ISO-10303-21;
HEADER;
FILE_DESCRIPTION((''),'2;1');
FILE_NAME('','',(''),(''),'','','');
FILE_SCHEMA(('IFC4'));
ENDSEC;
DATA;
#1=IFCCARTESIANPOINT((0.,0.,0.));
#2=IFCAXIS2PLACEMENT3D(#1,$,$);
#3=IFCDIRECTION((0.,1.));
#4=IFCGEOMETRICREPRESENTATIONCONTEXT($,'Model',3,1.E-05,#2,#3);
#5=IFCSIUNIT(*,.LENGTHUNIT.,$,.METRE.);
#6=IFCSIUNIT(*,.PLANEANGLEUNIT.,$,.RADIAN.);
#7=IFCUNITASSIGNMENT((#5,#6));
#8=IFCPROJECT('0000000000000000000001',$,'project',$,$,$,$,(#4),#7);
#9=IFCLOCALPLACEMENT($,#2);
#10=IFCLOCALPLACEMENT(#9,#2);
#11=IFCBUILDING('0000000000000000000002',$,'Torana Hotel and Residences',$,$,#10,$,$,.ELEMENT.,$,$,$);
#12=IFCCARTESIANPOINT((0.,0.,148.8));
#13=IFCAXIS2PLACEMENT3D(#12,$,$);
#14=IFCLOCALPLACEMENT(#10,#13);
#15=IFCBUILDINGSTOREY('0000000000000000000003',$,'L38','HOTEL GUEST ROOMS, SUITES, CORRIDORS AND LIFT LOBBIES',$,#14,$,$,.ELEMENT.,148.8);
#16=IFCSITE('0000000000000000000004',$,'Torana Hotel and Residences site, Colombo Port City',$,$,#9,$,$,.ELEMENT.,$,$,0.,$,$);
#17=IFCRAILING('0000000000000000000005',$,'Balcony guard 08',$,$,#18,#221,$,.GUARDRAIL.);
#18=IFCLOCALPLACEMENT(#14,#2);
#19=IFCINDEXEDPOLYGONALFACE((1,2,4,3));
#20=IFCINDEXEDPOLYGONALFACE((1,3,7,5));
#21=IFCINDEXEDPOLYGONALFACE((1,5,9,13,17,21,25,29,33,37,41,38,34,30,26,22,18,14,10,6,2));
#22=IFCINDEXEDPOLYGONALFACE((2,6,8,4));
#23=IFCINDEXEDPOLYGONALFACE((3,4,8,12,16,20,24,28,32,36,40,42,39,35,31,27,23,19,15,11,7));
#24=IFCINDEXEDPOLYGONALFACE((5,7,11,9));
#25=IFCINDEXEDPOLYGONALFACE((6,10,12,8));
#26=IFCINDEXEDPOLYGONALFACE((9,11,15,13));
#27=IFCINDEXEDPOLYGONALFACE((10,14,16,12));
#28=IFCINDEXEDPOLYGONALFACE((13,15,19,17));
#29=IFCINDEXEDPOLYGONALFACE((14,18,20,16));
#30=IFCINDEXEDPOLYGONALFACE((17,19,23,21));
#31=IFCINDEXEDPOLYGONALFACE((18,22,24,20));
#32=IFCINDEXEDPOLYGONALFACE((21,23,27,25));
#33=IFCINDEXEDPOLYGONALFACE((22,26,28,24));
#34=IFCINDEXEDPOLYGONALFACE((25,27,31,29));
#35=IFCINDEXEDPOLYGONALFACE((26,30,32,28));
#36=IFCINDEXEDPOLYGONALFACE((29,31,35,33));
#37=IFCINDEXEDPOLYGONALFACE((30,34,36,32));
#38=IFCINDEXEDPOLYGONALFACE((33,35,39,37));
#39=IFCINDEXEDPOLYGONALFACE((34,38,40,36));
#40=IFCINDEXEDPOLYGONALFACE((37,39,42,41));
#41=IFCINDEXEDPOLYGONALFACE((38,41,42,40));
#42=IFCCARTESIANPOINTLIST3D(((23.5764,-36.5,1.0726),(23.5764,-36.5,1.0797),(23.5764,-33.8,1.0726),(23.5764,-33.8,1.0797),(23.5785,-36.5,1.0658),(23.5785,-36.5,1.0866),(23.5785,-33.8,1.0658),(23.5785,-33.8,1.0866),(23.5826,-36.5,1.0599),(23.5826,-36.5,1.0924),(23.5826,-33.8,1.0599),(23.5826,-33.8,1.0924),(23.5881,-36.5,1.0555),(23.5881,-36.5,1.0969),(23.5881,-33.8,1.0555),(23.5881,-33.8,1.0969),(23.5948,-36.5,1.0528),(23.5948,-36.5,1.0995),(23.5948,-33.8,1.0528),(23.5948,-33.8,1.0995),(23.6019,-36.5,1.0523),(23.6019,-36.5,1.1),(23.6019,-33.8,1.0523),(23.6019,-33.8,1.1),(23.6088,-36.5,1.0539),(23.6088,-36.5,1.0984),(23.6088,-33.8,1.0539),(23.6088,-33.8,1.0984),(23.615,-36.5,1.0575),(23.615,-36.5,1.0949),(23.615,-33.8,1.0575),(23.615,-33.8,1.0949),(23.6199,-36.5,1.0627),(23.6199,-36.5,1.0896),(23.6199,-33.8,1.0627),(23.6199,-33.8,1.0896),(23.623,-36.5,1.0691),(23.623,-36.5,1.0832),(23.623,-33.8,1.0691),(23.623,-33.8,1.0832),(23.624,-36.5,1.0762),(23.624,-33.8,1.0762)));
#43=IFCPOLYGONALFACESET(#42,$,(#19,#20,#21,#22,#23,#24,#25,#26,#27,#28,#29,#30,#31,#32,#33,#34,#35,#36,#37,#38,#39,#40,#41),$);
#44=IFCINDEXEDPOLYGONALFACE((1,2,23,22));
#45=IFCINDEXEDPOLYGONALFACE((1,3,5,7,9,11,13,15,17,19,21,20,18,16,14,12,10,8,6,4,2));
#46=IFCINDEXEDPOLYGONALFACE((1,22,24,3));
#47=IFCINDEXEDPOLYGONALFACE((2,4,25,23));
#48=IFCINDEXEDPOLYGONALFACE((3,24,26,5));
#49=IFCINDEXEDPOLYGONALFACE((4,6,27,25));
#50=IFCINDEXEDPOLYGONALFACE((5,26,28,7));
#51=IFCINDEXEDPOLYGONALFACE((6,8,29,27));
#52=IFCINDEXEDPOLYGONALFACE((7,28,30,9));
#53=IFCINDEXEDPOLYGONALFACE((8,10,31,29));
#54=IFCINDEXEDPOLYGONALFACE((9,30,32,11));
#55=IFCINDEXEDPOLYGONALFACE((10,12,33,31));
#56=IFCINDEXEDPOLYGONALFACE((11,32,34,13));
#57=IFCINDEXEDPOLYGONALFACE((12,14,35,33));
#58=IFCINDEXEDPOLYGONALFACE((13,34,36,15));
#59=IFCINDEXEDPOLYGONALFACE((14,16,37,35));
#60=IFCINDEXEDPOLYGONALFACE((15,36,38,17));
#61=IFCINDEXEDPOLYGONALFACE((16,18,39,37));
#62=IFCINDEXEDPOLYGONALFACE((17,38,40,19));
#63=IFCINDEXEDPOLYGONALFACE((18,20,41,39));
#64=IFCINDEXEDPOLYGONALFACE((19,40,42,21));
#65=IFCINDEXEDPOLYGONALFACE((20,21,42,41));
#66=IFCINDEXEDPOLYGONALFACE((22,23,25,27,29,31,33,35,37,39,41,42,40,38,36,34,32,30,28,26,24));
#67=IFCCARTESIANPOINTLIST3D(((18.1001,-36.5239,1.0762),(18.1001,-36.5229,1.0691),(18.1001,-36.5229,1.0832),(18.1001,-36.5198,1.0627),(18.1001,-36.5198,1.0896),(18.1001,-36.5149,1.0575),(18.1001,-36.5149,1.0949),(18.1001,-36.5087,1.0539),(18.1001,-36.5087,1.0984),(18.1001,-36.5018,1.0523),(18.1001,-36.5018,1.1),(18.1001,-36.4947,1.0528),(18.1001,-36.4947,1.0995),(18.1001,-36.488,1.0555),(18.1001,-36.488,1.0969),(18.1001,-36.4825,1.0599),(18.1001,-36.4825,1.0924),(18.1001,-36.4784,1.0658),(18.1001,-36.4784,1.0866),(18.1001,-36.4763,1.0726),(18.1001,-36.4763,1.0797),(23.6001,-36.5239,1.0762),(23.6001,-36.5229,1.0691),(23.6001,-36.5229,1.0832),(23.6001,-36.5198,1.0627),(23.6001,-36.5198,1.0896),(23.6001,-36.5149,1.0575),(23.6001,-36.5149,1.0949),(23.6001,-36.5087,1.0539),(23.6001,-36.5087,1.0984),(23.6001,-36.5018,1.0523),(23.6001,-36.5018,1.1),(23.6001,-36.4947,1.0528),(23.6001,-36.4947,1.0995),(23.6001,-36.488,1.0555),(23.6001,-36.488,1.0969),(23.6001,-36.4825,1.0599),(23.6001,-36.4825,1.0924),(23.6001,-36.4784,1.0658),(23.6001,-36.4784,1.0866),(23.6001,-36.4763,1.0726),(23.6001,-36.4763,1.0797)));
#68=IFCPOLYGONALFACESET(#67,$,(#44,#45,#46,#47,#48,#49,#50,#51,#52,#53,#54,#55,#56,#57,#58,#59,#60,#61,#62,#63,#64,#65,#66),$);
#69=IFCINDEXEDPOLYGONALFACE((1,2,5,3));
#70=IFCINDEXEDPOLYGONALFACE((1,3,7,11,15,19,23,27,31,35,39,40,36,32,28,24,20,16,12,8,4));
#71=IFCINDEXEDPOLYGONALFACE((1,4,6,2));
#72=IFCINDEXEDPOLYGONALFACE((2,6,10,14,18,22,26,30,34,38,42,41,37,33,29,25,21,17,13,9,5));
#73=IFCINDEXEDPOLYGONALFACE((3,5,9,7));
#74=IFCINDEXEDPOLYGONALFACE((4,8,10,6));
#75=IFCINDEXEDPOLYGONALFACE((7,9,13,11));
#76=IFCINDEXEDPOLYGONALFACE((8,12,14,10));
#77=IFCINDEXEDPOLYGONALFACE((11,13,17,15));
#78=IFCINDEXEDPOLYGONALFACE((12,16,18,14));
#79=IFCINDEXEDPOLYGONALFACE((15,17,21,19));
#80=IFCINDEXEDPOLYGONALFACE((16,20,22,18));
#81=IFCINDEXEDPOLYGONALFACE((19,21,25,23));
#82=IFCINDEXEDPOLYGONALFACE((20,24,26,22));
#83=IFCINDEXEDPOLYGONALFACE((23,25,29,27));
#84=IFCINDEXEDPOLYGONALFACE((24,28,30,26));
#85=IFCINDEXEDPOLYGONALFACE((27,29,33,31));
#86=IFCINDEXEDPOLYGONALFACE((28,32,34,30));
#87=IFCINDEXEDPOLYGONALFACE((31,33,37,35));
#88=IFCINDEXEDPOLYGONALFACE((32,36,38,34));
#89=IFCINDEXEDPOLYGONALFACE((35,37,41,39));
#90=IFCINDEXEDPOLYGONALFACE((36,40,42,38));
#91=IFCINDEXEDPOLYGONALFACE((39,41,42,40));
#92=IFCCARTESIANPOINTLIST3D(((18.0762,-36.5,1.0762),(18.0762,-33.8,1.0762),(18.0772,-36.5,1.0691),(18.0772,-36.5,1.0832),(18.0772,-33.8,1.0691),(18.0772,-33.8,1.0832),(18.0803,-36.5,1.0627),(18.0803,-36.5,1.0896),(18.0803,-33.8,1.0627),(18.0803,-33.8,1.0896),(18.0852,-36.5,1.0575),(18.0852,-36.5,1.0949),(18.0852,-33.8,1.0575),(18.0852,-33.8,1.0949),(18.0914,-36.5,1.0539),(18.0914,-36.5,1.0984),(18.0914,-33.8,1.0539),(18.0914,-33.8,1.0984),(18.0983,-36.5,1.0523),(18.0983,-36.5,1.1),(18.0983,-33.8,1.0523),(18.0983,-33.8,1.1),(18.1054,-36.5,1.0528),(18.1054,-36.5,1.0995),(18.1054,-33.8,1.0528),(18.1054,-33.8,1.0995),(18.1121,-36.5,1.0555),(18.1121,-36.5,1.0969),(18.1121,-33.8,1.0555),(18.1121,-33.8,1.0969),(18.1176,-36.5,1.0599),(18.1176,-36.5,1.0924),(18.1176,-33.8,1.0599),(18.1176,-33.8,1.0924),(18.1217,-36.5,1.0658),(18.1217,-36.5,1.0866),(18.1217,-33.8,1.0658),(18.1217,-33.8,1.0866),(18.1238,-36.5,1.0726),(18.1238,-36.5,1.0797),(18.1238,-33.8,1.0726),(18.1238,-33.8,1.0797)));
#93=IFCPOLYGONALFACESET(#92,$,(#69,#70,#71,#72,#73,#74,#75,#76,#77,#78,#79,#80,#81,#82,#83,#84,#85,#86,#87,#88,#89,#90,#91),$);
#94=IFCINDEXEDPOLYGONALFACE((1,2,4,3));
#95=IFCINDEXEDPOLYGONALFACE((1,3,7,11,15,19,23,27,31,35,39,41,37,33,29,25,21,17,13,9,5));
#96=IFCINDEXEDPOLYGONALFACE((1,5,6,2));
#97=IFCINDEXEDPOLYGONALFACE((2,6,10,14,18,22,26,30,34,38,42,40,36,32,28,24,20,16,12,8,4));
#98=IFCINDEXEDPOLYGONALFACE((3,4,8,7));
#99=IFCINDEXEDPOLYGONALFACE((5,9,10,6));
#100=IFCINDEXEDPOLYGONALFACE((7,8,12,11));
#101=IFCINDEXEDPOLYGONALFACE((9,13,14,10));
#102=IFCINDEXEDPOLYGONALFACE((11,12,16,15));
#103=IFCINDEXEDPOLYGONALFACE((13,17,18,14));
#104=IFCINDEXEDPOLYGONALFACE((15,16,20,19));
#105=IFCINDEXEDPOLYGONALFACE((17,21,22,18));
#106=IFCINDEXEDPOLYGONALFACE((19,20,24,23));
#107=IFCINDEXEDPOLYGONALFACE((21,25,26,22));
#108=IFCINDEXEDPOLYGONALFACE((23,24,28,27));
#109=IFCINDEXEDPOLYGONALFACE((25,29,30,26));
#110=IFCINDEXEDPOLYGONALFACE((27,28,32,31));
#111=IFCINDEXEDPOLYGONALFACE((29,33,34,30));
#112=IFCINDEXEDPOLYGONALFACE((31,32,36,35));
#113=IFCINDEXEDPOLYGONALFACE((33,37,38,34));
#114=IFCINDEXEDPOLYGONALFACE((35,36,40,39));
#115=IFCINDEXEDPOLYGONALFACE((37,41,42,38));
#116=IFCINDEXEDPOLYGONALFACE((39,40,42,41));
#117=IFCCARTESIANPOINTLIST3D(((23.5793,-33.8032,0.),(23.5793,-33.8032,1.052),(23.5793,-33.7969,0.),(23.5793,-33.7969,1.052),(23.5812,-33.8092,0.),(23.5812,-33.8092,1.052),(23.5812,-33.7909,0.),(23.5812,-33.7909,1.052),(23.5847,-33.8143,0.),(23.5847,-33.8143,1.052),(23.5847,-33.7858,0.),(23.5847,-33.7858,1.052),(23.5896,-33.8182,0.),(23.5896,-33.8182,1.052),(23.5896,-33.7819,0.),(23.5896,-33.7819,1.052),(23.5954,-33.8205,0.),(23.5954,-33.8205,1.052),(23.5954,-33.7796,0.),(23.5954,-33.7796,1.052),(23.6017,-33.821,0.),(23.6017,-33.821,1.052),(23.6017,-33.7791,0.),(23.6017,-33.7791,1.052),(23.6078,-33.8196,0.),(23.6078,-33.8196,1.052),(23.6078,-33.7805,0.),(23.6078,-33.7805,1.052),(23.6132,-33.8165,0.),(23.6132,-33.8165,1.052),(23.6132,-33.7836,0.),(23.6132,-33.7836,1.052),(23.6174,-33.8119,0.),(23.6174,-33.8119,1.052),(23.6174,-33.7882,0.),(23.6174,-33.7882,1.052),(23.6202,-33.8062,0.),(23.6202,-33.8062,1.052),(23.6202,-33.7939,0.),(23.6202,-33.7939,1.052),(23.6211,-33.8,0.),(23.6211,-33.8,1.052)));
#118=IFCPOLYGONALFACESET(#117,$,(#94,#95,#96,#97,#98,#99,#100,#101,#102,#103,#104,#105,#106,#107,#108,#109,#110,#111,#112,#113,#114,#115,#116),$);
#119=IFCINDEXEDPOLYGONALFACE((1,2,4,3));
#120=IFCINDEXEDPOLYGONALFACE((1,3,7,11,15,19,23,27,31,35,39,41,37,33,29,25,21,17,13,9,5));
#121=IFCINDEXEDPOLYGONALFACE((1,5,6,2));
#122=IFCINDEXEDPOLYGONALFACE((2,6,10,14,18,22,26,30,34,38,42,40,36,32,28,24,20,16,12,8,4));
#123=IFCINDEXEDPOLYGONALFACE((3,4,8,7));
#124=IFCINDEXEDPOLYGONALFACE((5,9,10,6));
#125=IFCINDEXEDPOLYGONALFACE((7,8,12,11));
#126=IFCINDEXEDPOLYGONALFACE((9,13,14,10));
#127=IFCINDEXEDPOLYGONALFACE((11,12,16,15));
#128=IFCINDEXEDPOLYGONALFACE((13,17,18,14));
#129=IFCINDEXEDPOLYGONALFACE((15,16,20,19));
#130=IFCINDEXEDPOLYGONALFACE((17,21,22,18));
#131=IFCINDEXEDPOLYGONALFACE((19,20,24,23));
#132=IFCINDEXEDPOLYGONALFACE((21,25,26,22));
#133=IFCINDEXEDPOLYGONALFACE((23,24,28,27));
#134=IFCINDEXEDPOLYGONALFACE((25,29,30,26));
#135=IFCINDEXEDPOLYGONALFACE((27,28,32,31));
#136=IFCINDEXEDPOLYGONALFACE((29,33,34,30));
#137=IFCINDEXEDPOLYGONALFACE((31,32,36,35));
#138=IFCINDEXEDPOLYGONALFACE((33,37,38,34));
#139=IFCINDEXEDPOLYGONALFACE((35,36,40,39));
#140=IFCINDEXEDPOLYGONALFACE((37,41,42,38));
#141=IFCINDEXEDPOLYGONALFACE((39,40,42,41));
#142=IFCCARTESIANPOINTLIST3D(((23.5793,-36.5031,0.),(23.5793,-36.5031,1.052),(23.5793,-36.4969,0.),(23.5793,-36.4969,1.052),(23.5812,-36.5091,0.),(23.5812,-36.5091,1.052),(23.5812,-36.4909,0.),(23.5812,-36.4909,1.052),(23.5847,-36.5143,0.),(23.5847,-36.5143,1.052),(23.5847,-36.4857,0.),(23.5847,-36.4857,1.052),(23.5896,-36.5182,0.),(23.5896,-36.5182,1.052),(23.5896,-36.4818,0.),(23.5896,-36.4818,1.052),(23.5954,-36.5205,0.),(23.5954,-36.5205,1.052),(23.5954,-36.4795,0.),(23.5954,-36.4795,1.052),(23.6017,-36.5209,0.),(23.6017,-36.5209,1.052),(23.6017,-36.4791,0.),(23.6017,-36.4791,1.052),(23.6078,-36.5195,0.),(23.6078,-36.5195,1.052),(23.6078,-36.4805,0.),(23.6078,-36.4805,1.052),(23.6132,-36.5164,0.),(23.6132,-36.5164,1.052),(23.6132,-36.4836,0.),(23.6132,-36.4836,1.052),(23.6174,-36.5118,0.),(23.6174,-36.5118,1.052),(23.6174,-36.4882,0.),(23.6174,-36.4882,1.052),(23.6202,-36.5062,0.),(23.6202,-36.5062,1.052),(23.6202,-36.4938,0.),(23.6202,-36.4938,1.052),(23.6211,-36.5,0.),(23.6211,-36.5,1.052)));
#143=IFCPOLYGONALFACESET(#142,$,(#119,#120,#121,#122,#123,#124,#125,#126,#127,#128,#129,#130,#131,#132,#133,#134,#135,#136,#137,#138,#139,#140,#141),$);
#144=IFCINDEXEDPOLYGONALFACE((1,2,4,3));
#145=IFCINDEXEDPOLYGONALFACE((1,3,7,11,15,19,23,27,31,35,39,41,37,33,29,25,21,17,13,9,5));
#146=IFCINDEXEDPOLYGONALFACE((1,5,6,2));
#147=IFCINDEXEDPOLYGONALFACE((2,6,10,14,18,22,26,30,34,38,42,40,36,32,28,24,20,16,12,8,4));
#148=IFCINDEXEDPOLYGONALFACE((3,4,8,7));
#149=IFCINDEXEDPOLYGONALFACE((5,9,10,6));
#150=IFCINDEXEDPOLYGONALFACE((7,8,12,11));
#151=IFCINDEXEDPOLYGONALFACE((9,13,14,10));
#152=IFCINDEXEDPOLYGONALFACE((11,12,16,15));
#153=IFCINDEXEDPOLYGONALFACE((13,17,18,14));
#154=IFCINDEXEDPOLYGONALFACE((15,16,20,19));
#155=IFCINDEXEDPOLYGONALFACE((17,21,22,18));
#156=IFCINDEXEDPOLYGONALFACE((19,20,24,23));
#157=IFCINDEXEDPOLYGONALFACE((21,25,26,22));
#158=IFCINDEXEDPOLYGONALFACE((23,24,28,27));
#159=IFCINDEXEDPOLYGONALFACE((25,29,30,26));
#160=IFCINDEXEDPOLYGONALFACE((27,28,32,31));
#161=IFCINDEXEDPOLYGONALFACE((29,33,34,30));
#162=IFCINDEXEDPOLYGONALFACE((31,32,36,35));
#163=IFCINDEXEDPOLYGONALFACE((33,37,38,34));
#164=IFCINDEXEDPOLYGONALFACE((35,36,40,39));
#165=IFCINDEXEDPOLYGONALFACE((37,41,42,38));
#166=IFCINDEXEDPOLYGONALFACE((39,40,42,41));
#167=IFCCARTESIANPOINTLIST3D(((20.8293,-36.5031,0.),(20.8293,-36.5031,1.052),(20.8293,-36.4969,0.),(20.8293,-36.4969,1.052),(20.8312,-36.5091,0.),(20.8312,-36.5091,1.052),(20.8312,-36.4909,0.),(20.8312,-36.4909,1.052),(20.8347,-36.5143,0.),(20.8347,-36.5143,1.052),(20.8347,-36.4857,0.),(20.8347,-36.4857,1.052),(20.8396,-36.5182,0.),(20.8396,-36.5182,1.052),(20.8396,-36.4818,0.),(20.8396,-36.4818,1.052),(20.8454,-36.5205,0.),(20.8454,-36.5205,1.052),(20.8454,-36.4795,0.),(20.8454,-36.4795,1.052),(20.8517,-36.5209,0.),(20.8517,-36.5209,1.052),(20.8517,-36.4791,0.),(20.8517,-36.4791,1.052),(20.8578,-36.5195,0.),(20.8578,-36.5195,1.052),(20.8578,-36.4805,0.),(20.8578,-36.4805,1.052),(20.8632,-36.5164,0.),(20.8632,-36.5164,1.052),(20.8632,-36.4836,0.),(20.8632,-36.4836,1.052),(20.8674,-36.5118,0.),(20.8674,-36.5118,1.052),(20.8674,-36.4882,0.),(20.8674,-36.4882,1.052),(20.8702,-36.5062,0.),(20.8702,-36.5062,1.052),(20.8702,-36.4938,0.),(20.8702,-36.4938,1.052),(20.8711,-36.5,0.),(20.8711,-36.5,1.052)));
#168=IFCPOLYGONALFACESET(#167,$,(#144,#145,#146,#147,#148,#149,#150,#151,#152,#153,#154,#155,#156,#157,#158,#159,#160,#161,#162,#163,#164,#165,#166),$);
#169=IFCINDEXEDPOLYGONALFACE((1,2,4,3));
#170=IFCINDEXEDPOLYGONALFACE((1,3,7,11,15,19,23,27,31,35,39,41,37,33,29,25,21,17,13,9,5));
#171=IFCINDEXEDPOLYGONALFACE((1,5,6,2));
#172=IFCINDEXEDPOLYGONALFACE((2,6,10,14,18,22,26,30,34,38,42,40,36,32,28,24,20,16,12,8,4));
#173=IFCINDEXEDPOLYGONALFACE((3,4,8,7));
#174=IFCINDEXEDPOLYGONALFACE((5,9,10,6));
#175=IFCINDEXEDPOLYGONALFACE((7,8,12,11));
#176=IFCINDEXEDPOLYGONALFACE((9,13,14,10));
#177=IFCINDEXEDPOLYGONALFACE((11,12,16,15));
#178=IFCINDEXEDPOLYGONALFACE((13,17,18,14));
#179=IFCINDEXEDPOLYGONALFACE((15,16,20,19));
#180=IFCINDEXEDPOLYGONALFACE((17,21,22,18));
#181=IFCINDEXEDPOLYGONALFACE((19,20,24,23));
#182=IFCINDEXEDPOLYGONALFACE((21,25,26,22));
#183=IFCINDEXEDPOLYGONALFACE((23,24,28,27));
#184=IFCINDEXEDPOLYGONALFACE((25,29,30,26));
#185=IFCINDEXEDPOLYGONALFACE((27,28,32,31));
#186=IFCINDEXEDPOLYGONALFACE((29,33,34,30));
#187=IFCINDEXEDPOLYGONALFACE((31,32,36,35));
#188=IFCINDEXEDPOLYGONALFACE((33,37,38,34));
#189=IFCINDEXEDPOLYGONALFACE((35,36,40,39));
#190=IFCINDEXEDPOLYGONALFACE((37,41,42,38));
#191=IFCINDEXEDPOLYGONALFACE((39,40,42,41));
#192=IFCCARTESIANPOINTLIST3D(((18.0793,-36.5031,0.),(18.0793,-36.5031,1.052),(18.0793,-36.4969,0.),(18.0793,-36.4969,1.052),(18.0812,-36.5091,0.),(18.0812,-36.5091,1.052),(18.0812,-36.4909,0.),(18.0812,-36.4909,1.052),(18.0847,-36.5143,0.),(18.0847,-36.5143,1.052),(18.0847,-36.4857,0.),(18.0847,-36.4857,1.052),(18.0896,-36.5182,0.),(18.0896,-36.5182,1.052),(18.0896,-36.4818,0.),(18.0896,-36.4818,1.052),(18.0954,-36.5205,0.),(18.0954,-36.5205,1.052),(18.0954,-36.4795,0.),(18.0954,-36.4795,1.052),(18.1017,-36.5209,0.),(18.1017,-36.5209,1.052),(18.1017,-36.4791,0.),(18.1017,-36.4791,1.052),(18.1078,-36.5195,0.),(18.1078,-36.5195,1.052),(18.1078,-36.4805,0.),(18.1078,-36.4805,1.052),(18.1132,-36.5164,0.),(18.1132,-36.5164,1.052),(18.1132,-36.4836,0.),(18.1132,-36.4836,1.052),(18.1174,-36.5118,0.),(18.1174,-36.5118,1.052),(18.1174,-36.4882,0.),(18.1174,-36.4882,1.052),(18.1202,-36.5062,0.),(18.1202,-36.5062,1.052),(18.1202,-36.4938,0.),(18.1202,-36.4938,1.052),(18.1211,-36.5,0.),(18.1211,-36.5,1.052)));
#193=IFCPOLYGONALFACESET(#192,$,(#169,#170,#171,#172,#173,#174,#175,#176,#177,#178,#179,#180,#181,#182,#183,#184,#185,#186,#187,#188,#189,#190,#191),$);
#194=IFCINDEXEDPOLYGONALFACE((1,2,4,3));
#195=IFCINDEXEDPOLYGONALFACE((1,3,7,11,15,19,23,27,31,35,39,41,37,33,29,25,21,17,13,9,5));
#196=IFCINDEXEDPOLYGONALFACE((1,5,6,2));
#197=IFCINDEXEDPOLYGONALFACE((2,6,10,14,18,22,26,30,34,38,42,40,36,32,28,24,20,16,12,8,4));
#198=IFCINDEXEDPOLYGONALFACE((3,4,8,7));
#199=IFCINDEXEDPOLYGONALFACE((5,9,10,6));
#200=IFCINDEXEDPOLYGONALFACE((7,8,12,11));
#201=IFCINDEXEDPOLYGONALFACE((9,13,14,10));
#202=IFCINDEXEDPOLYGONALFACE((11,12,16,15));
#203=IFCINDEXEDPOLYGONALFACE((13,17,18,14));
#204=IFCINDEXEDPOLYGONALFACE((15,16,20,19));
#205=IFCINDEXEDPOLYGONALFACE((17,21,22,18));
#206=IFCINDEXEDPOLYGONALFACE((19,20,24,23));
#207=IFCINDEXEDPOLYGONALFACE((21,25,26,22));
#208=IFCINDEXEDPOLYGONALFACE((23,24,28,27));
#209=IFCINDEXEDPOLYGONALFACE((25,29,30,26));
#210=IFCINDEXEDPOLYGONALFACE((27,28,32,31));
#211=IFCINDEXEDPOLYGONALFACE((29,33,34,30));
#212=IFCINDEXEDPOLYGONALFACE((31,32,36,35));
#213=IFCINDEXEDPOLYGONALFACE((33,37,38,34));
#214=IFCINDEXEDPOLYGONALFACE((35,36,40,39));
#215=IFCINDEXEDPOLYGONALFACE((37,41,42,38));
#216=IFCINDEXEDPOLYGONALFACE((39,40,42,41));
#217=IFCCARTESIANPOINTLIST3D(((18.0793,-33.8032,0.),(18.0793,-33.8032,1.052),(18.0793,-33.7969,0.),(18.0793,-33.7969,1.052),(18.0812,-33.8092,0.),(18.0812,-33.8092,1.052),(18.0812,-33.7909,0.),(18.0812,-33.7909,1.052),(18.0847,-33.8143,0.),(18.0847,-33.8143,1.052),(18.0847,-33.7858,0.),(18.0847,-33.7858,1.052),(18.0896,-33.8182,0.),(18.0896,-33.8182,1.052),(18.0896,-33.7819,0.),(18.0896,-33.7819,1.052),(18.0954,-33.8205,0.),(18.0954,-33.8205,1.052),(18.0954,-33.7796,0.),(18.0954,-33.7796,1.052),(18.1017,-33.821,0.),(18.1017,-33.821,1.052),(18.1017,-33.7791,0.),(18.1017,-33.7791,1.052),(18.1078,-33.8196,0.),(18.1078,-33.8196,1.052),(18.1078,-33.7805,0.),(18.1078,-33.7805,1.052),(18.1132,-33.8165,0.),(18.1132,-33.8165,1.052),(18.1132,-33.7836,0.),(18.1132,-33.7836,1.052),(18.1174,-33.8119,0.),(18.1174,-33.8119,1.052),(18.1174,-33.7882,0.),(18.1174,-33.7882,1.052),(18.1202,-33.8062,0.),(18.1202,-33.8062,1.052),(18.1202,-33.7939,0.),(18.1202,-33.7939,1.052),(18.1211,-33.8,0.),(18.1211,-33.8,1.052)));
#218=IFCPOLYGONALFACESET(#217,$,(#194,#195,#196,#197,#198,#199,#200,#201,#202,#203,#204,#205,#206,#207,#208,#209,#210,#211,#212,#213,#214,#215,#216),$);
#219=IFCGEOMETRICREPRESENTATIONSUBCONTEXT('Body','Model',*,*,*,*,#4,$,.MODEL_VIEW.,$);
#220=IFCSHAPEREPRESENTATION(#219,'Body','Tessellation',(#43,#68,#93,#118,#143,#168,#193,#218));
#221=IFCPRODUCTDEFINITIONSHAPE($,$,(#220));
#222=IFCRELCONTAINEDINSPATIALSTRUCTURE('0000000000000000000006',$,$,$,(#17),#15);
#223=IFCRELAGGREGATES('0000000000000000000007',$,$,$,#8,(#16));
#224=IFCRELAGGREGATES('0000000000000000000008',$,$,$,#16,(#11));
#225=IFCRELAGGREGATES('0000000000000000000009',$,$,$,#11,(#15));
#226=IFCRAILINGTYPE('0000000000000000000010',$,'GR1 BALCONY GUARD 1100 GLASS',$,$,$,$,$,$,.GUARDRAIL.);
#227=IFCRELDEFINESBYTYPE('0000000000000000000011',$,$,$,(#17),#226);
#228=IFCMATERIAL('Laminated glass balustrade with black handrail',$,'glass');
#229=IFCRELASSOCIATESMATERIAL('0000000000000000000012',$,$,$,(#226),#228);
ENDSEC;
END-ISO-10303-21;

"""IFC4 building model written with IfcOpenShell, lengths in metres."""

from ifc_helpers import new_model, si_unit, direction, frame, origin, origin_2d, place, context, subcontext, project, spatial, circle, extrude, material, type_object, element, save


model = new_model("IFC4")

# Units and contexts
model_context = context("Model", 3, precision=1e-05, world=origin(), true_north=direction((0.0, 1.0)))
body_context = subcontext(model_context, "Body", "Model", "MODEL_VIEW")
ifc_project = project(units=[si_unit("LENGTHUNIT", "METRE"), si_unit("PLANEANGLEUNIT", "RADIAN")], contexts=[model_context])

# Site, building, storey
site_placement = place(None, origin())
site = spatial("IfcSite", under=ifc_project, at=site_placement, Name="Torana Hotel and Residences site, Colombo Port City", CompositionType="ELEMENT", RefElevation=0.0)
building_placement = place(site_placement, origin())
building = spatial("IfcBuilding", under=site, at=building_placement, Name="Torana Hotel and Residences", CompositionType="ELEMENT")
storey_placement = place(building_placement, frame((0.0, 0.0, 148.8)))
storey = spatial("IfcBuildingStorey", under=building, at=storey_placement, Name="L38", Description="HOTEL GUEST ROOMS, SUITES, CORRIDORS AND LIFT LOBBIES", CompositionType="ELEMENT", Elevation=148.8)

# Railing
ifc_material_1 = material(Name="Laminated glass balustrade with black handrail", Category="glass")
railing_type = type_object("IfcRailingType", Name="GR1 BALCONY GUARD 1100 GLASS", PredefinedType="GUARDRAIL", material=ifc_material_1)
railing_1_placement = place(storey_placement, frame((23.6001, -33.8, 0.0)))
element("IfcRailing", 1, at=railing_1_placement, inside=storey, type_object=railing_type, Name="Balcony guard 08", PredefinedType="GUARDRAIL", context=body_context, shape_type="SweptSolid", body=[
    extrude(circle(Radius=0.0239, at=origin_2d()), frame((0.0, 0.0, 1.0762), z_axis=(0.0, -1.0, 0.0), x_axis=(1.0, 0.0, 0.0)), (0.0, 0.0, 1.0), 2.7),
    extrude(circle(Radius=0.0239, at=origin_2d()), frame((0.0, -2.7, 1.0762), z_axis=(-1.0, 0.0, 0.0), x_axis=(0.0, -1.0, 0.0)), (0.0, 0.0, 1.0), 5.5),
    extrude(circle(Radius=0.0239, at=origin_2d()), frame((-5.5, -2.7, 1.0762), z_axis=(0.0, 1.0, 0.0), x_axis=(-1.0, 0.0, 0.0)), (0.0, 0.0, 1.0), 2.7),
    extrude(circle(Radius=0.021, at=origin_2d()), origin(), (0.0, 0.0, 1.0), 1.052),
    extrude(circle(Radius=0.021, at=origin_2d()), frame((0.0, -2.7, 0.0)), (0.0, 0.0, 1.0), 1.052),
    extrude(circle(Radius=0.021, at=origin_2d()), frame((-2.75, -2.7, 0.0)), (0.0, 0.0, 1.0), 1.052),
    extrude(circle(Radius=0.021, at=origin_2d()), frame((-5.5, -2.7, 0.0)), (0.0, 0.0, 1.0), 1.052),
    extrude(circle(Radius=0.021, at=origin_2d()), frame((-5.5, 0.0, 0.0)), (0.0, 0.0, 1.0), 1.052),
])

save(model, "model.ifc")
